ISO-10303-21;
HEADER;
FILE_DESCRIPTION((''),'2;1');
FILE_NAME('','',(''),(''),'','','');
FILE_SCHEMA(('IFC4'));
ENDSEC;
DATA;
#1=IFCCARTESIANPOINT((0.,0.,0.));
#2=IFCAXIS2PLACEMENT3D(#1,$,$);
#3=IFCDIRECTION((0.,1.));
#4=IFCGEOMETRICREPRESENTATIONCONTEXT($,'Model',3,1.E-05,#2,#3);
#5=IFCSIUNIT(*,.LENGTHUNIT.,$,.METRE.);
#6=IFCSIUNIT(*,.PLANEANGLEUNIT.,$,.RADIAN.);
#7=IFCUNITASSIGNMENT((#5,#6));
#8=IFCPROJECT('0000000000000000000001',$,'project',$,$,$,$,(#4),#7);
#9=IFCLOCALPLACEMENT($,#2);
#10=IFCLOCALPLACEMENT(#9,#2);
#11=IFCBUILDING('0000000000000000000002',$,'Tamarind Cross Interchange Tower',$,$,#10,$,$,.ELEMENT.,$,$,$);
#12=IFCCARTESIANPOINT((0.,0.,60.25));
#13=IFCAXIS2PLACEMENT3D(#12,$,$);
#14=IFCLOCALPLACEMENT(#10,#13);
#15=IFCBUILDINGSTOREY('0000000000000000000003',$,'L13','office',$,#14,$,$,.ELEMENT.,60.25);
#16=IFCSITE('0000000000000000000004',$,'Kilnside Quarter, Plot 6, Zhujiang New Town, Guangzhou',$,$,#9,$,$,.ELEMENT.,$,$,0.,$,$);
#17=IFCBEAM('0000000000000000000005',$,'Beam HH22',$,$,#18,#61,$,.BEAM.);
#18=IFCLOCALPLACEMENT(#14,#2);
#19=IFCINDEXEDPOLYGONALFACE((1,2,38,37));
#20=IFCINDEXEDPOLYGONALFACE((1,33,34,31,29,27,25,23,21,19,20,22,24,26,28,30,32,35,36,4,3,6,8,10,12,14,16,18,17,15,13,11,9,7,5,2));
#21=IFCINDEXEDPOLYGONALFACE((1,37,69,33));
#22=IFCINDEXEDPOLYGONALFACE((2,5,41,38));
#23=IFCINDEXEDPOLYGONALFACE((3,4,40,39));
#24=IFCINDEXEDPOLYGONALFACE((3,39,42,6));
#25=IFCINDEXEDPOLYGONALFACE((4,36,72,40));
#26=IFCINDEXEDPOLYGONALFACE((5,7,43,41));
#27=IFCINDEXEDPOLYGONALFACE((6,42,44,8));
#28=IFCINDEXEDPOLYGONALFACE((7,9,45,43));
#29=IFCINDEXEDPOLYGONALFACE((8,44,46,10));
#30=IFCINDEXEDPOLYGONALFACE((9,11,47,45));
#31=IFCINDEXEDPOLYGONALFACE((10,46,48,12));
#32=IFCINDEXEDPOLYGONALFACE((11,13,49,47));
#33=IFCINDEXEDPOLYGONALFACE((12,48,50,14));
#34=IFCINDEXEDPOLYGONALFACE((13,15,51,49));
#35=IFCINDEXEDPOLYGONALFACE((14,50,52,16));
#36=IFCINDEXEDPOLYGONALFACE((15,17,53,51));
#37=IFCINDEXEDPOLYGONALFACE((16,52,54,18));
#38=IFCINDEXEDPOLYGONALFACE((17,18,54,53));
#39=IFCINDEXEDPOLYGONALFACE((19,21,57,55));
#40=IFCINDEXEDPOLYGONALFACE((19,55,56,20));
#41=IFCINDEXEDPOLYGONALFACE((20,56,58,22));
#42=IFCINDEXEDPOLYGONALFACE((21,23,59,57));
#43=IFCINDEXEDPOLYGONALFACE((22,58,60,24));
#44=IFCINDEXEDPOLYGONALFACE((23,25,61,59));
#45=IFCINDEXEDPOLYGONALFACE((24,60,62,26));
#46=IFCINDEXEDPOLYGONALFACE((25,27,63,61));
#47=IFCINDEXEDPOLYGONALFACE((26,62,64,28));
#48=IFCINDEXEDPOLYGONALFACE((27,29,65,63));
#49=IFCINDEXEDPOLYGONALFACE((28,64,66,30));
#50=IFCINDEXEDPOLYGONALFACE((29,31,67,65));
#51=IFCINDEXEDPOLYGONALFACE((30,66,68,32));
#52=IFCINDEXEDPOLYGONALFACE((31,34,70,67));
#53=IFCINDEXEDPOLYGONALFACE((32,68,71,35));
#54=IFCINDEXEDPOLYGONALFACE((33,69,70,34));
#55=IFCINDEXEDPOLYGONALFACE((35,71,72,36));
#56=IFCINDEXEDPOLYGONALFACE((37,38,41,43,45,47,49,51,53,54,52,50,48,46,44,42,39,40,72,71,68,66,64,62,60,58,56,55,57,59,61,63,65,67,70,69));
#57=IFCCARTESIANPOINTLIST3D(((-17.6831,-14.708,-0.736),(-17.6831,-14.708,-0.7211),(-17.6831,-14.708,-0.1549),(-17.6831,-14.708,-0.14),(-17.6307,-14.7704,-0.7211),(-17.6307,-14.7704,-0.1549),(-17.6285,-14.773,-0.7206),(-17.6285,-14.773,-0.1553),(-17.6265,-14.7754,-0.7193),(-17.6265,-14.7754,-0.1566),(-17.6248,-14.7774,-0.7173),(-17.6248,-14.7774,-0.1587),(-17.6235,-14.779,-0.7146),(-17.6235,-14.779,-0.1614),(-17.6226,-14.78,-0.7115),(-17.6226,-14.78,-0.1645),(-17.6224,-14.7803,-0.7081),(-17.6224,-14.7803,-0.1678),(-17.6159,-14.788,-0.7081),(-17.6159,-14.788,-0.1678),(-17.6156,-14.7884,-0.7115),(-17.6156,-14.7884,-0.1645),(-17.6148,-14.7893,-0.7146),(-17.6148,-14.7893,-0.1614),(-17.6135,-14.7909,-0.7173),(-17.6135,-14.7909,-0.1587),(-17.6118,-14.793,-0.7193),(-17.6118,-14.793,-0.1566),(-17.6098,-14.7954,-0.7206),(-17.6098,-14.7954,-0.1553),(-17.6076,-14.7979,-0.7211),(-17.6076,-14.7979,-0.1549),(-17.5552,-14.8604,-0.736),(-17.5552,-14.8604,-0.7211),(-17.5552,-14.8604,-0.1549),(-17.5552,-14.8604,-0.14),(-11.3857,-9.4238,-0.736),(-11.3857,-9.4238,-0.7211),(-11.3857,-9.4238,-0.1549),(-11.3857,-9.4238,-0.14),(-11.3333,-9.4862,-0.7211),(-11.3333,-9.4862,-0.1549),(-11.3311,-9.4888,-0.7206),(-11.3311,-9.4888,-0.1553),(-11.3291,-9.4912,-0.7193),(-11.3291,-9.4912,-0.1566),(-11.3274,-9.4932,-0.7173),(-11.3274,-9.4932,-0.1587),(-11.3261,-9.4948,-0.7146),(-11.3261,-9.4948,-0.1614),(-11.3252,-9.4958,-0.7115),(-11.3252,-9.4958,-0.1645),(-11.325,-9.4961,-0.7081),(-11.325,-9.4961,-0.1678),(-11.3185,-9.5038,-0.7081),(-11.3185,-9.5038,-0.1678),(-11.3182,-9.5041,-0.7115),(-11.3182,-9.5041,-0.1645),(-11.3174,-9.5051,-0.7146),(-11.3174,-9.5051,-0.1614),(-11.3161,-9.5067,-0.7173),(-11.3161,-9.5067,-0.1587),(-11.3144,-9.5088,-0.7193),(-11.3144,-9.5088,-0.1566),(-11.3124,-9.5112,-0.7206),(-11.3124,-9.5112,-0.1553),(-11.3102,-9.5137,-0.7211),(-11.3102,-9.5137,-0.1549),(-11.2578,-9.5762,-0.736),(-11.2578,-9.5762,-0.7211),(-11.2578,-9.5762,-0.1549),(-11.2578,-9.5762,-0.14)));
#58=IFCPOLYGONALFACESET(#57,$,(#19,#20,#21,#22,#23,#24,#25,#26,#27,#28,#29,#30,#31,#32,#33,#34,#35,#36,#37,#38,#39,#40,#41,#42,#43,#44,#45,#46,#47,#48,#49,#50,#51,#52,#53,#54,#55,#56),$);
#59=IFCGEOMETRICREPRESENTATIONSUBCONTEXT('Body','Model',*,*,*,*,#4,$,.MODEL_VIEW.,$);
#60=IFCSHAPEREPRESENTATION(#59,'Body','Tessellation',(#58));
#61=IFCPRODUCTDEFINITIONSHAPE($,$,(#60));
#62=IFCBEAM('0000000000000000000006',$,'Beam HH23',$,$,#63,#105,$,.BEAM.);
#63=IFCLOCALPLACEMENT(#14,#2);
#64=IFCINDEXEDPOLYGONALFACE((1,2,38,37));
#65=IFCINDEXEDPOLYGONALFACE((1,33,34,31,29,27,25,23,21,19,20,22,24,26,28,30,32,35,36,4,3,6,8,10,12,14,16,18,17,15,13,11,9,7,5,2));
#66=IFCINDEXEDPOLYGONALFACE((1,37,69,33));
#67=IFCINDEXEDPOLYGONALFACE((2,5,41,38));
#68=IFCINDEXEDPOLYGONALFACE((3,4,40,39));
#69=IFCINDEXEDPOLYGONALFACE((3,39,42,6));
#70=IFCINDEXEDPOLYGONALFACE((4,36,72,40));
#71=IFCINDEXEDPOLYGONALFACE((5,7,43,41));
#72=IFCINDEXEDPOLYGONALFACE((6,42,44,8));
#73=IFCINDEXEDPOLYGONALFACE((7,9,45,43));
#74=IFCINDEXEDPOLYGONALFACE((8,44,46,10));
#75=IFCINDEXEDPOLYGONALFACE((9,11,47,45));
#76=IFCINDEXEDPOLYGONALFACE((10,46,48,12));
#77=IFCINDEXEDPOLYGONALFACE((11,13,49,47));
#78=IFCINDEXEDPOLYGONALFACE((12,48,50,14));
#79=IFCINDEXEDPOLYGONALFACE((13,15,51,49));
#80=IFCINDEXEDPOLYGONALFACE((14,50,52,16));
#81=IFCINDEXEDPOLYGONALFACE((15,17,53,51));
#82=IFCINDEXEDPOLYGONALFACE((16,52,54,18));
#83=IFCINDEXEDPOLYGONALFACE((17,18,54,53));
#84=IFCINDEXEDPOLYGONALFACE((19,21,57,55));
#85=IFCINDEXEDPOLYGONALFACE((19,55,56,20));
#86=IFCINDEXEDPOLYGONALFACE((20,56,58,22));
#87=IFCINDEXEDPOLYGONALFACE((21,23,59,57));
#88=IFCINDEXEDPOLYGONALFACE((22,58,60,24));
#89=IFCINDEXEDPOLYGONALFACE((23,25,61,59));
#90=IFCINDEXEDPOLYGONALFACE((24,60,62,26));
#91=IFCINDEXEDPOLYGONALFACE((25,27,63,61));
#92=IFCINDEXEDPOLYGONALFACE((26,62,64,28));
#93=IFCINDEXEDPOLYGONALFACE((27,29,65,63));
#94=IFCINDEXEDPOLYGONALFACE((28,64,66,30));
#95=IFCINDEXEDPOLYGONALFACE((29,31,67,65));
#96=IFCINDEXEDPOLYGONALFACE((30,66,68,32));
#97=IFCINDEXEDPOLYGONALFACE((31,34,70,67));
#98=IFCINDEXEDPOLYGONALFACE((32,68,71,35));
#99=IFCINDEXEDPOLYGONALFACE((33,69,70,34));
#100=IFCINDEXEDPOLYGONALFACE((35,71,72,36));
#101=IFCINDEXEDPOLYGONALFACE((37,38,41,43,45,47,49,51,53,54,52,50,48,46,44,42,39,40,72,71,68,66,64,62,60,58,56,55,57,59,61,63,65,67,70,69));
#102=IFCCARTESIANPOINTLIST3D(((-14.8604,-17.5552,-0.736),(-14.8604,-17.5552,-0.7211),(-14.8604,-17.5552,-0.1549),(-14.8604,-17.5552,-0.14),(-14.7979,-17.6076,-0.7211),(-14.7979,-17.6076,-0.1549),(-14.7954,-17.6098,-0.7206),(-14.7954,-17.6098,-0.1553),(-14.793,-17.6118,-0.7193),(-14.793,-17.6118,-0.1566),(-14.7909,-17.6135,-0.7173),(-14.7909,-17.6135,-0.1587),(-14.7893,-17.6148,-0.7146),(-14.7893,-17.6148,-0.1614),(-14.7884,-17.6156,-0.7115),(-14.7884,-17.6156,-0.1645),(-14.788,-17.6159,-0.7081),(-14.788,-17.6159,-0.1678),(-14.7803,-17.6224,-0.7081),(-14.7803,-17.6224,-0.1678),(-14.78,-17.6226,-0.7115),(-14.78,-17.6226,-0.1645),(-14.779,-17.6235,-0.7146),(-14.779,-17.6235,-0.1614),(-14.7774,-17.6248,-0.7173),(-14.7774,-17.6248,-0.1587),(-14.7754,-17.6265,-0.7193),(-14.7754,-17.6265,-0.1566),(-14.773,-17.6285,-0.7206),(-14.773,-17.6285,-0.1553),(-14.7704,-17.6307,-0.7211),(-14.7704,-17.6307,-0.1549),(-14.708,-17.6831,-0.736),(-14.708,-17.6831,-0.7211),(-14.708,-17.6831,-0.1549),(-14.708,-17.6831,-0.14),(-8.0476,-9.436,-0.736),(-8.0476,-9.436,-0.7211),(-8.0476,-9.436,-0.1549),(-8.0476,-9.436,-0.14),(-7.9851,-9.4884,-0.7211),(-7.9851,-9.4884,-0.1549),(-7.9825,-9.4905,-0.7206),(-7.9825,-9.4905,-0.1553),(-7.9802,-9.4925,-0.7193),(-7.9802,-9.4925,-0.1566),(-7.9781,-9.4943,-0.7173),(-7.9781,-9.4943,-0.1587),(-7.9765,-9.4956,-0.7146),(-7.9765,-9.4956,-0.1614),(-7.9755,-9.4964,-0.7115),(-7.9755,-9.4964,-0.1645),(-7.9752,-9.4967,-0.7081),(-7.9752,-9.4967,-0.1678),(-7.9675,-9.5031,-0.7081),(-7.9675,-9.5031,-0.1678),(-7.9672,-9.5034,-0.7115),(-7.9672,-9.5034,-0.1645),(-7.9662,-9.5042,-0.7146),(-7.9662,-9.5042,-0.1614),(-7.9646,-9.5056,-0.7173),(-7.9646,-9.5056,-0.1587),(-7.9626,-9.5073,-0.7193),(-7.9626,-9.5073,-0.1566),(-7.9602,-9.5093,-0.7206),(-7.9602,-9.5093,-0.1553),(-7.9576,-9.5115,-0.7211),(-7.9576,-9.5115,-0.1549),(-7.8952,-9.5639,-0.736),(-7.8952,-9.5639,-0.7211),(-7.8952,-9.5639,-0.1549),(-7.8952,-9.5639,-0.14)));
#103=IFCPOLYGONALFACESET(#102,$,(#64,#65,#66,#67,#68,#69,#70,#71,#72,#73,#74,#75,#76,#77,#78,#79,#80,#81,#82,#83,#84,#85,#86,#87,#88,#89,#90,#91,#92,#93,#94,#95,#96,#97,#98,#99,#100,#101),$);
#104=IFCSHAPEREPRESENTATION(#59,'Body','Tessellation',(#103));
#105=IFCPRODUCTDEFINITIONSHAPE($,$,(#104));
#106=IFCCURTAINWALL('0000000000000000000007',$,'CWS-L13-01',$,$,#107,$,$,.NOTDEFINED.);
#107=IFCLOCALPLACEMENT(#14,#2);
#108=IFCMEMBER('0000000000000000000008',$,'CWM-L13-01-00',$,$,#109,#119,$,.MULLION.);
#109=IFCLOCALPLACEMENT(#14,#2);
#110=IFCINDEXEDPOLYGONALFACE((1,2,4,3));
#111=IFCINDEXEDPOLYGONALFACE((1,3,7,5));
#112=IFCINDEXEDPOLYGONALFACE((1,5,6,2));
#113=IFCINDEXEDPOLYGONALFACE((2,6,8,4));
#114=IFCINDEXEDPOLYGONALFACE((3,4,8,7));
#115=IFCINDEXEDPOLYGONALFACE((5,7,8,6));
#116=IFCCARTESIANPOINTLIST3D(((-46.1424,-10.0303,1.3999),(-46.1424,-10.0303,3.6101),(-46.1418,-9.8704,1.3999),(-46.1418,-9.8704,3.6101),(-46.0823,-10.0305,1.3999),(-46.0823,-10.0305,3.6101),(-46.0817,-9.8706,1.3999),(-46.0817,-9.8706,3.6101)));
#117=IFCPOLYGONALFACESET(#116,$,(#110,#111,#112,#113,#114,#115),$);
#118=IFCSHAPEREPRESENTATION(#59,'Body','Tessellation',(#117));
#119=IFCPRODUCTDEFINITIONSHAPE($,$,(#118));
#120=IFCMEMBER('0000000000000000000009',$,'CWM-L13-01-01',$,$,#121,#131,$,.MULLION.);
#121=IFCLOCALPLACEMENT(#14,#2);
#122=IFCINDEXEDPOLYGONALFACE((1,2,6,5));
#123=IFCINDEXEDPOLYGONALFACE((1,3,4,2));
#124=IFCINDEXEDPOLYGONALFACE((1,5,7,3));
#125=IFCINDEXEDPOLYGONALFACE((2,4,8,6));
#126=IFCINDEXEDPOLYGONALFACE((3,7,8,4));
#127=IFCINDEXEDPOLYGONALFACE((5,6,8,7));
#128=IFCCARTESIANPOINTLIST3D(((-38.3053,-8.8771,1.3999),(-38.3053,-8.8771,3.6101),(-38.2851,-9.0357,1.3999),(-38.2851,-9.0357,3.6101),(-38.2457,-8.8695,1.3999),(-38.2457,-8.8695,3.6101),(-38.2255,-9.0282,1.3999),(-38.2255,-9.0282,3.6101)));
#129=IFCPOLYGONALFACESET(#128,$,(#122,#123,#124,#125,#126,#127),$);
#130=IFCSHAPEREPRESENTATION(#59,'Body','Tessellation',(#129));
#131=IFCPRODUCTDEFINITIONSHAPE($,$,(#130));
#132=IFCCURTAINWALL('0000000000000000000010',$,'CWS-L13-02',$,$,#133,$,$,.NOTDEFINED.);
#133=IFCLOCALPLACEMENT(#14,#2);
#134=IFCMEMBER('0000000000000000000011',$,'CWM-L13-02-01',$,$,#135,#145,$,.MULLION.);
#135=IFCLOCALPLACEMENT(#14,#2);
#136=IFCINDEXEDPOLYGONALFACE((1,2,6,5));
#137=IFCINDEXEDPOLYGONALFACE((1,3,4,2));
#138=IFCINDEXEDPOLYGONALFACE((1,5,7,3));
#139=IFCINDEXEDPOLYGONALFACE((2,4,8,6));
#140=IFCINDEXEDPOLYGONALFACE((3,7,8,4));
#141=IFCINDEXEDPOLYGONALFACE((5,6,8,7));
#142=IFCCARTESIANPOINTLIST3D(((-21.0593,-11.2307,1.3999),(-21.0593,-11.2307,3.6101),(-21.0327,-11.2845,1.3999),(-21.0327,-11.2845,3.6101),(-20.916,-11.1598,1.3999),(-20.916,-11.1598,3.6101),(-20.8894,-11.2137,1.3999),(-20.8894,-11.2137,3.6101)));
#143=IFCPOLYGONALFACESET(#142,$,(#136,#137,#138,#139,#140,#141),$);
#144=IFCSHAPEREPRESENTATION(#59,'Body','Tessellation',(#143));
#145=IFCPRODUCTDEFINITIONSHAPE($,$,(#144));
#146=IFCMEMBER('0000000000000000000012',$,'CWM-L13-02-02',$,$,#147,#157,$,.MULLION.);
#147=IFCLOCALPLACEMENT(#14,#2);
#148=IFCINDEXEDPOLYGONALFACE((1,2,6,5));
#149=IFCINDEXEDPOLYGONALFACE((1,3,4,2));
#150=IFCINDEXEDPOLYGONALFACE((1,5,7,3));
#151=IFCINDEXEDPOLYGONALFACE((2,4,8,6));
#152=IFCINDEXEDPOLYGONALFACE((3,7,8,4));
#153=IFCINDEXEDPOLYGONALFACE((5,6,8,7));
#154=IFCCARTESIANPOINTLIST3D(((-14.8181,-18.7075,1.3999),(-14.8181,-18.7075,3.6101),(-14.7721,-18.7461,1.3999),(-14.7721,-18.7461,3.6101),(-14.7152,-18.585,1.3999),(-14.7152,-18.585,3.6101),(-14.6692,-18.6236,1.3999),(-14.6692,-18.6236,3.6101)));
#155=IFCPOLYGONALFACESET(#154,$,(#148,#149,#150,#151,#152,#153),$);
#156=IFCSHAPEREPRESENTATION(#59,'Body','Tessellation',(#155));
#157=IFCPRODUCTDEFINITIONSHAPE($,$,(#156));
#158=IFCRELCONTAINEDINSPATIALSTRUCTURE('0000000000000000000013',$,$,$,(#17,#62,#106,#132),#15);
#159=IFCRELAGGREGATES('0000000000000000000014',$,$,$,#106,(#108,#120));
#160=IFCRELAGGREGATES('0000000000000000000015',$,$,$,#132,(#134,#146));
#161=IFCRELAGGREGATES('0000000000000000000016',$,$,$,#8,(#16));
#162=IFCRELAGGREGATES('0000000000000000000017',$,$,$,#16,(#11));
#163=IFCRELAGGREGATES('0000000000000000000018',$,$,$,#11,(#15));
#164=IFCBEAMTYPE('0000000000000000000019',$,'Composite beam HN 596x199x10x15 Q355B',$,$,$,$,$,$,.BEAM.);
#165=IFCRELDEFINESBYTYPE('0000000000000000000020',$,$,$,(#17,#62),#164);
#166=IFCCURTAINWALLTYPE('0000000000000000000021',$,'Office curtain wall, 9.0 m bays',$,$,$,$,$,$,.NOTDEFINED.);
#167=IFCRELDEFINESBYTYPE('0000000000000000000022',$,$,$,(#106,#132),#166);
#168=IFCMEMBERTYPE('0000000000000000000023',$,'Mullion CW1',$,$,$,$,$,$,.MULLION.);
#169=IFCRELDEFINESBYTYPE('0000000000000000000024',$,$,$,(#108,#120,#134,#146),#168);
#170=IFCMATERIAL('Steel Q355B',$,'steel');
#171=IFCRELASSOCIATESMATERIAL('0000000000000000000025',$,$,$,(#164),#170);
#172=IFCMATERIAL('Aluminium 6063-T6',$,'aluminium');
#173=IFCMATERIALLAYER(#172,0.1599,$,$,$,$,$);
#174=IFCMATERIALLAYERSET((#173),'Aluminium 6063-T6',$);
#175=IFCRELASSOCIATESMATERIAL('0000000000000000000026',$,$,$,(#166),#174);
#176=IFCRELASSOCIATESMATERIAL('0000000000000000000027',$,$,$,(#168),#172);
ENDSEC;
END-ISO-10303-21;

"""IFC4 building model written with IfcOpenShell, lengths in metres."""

from ifc_helpers import new_model, si_unit, direction, frame, origin, origin_2d, place, context, subcontext, project, spatial, rectangle, i_section, extrude, material, layer, layer_set, material_profile, profile_set, type_object, element, aggregate, save


model = new_model("IFC4")

# Units and contexts
model_context = context("Model", 3, precision=1e-05, world=origin(), true_north=direction((0.0, 1.0)))
body_context = subcontext(model_context, "Body", "Model", "MODEL_VIEW")
ifc_project = project(units=[si_unit("LENGTHUNIT", "METRE"), si_unit("PLANEANGLEUNIT", "RADIAN")], contexts=[model_context])

# Site, building, storey
site_placement = place(None, origin())
site = spatial("IfcSite", under=ifc_project, at=site_placement, Name="Kilnside Quarter, Plot 6, Zhujiang New Town, Guangzhou", CompositionType="ELEMENT", RefElevation=0.0)
building_placement = place(site_placement, origin())
building = spatial("IfcBuilding", under=site, at=building_placement, Name="Tamarind Cross Interchange Tower", CompositionType="ELEMENT")
storey_placement = place(building_placement, frame((0.0, 0.0, 60.25)))
storey = spatial("IfcBuildingStorey", under=building, at=storey_placement, Name="L13", Description="office", CompositionType="ELEMENT", Elevation=60.25)

# Beams
ifc_material_1 = material(Name="Steel Q355B", Category="steel")
ifc_material_profile_1 = material_profile(ifc_material_1, i_section(OverallWidth=0.199, OverallDepth=0.5959, WebThickness=0.01, FlangeThickness=0.0149, FilletRadius=0.0129, at=origin_2d()), Name="HN 596x199x10x15")
ifc_profile_set_1 = profile_set([ifc_material_profile_1], Name="Steel Q355B")
beam_type = type_object("IfcBeamType", Name="Composite beam HN 596x199x10x15 Q355B", PredefinedType="BEAM", material=ifc_profile_set_1)
beam_1_placement = place(storey_placement, frame((-17.6191, -14.7842, -0.438), z_axis=(0.766041, 0.642792, 0.0), x_axis=(-0.642792, 0.766041, 0.0)))
element("IfcBeam", 1, at=beam_1_placement, inside=storey, type_object=beam_type, Name="Beam HH22", PredefinedType="BEAM", context=body_context, shape_type="SweptSolid", body=[
    extrude(i_section(OverallWidth=0.199, OverallDepth=0.5959, WebThickness=0.01, FlangeThickness=0.0149, FilletRadius=0.0129, at=origin_2d()), origin(), (0.0, 0.0, 1.0), 8.2207),
])
beam_2_placement = place(storey_placement, frame((-14.7842, -17.6191, -0.438), z_axis=(0.642786, 0.766046, 0.0), x_axis=(-0.766046, 0.642786, 0.0)))
element("IfcBeam", 2, at=beam_2_placement, inside=storey, type_object=beam_type, Name="Beam HH23", PredefinedType="BEAM", context=body_context, shape_type="SweptSolid", body=[
    extrude(i_section(OverallWidth=0.199, OverallDepth=0.5959, WebThickness=0.01, FlangeThickness=0.0149, FilletRadius=0.0129, at=origin_2d()), origin(), (0.0, 0.0, 1.0), 10.5989),
])

# Curtain walls, members
ifc_material_2 = material(Name="Aluminium 6063-T6", Category="aluminium")
ifc_layer_1 = layer(ifc_material_2, 0.1599)
ifc_layer_set_1 = layer_set([ifc_layer_1], Name="Aluminium 6063-T6")
curtain_wall_type = type_object("IfcCurtainWallType", Name="Office curtain wall, 9.0 m bays", PredefinedType="NOTDEFINED", material=ifc_layer_set_1)
curtain_wall_1_placement = place(storey_placement, origin())
curtain_wall_1 = element("IfcCurtainWall", 3, at=curtain_wall_1_placement, inside=storey, type_object=curtain_wall_type, Name="CWS-L13-01", PredefinedType="NOTDEFINED")
ifc_material_profile_2 = material_profile(ifc_material_2, rectangle(XDim=0.0601, YDim=0.1599, at=origin_2d()), Name="Mullion CW1")
ifc_profile_set_2 = profile_set([ifc_material_profile_2], Name="Aluminium 6063-T6")
member_type = type_object("IfcMemberType", Name="Mullion CW1", PredefinedType="MULLION", material=ifc_profile_set_2)
member_1_placement = place(storey_placement, frame((-46.1121, -9.9504, 1.3999), z_axis=(0.0, 0.0, 1.0), x_axis=(0.999993, -0.003827, 0.0)))
member_1 = element("IfcMember", 4, at=member_1_placement, type_object=member_type, Name="CWM-L13-01-00", PredefinedType="MULLION", context=body_context, shape_type="SweptSolid", body=[
    extrude(rectangle(XDim=0.0601, YDim=0.1599, at=origin_2d()), origin(), (0.0, 0.0, 1.0), 2.2102),
])
member_2_placement = place(storey_placement, frame((-38.2654, -8.9526, 1.3999), z_axis=(0.0, 0.0, 1.0), x_axis=(0.99201, 0.126161, 0.0)))
member_2 = element("IfcMember", 5, at=member_2_placement, type_object=member_type, Name="CWM-L13-01-01", PredefinedType="MULLION", context=body_context, shape_type="SweptSolid", body=[
    extrude(rectangle(XDim=0.0601, YDim=0.1599, at=origin_2d()), origin(), (0.0, 0.0, 1.0), 2.2102),
])
aggregate(curtain_wall_1, [member_1, member_2])
curtain_wall_2_placement = place(storey_placement, origin())
curtain_wall_2 = element("IfcCurtainWall", 6, at=curtain_wall_2_placement, inside=storey, type_object=curtain_wall_type, Name="CWS-L13-02", PredefinedType="NOTDEFINED")
member_3_placement = place(storey_placement, frame((-20.9744, -11.2222, 1.3999), z_axis=(0.0, 0.0, 1.0), x_axis=(0.443059, -0.896493, 0.0)))
member_3 = element("IfcMember", 7, at=member_3_placement, type_object=member_type, Name="CWM-L13-02-01", PredefinedType="MULLION", context=body_context, shape_type="SweptSolid", body=[
    extrude(rectangle(XDim=0.0601, YDim=0.1599, at=origin_2d()), origin(), (0.0, 0.0, 1.0), 2.2102),
])
member_4_placement = place(storey_placement, frame((-14.7437, -18.6655, 1.3999), z_axis=(0.0, 0.0, 1.0), x_axis=(0.765858, -0.643009, 0.0)))
member_4 = element("IfcMember", 8, at=member_4_placement, type_object=member_type, Name="CWM-L13-02-02", PredefinedType="MULLION", context=body_context, shape_type="SweptSolid", body=[
    extrude(rectangle(XDim=0.0601, YDim=0.1599, at=origin_2d()), origin(), (0.0, 0.0, 1.0), 2.2102),
])
aggregate(curtain_wall_2, [member_3, member_4])

save(model, "model.ifc")
